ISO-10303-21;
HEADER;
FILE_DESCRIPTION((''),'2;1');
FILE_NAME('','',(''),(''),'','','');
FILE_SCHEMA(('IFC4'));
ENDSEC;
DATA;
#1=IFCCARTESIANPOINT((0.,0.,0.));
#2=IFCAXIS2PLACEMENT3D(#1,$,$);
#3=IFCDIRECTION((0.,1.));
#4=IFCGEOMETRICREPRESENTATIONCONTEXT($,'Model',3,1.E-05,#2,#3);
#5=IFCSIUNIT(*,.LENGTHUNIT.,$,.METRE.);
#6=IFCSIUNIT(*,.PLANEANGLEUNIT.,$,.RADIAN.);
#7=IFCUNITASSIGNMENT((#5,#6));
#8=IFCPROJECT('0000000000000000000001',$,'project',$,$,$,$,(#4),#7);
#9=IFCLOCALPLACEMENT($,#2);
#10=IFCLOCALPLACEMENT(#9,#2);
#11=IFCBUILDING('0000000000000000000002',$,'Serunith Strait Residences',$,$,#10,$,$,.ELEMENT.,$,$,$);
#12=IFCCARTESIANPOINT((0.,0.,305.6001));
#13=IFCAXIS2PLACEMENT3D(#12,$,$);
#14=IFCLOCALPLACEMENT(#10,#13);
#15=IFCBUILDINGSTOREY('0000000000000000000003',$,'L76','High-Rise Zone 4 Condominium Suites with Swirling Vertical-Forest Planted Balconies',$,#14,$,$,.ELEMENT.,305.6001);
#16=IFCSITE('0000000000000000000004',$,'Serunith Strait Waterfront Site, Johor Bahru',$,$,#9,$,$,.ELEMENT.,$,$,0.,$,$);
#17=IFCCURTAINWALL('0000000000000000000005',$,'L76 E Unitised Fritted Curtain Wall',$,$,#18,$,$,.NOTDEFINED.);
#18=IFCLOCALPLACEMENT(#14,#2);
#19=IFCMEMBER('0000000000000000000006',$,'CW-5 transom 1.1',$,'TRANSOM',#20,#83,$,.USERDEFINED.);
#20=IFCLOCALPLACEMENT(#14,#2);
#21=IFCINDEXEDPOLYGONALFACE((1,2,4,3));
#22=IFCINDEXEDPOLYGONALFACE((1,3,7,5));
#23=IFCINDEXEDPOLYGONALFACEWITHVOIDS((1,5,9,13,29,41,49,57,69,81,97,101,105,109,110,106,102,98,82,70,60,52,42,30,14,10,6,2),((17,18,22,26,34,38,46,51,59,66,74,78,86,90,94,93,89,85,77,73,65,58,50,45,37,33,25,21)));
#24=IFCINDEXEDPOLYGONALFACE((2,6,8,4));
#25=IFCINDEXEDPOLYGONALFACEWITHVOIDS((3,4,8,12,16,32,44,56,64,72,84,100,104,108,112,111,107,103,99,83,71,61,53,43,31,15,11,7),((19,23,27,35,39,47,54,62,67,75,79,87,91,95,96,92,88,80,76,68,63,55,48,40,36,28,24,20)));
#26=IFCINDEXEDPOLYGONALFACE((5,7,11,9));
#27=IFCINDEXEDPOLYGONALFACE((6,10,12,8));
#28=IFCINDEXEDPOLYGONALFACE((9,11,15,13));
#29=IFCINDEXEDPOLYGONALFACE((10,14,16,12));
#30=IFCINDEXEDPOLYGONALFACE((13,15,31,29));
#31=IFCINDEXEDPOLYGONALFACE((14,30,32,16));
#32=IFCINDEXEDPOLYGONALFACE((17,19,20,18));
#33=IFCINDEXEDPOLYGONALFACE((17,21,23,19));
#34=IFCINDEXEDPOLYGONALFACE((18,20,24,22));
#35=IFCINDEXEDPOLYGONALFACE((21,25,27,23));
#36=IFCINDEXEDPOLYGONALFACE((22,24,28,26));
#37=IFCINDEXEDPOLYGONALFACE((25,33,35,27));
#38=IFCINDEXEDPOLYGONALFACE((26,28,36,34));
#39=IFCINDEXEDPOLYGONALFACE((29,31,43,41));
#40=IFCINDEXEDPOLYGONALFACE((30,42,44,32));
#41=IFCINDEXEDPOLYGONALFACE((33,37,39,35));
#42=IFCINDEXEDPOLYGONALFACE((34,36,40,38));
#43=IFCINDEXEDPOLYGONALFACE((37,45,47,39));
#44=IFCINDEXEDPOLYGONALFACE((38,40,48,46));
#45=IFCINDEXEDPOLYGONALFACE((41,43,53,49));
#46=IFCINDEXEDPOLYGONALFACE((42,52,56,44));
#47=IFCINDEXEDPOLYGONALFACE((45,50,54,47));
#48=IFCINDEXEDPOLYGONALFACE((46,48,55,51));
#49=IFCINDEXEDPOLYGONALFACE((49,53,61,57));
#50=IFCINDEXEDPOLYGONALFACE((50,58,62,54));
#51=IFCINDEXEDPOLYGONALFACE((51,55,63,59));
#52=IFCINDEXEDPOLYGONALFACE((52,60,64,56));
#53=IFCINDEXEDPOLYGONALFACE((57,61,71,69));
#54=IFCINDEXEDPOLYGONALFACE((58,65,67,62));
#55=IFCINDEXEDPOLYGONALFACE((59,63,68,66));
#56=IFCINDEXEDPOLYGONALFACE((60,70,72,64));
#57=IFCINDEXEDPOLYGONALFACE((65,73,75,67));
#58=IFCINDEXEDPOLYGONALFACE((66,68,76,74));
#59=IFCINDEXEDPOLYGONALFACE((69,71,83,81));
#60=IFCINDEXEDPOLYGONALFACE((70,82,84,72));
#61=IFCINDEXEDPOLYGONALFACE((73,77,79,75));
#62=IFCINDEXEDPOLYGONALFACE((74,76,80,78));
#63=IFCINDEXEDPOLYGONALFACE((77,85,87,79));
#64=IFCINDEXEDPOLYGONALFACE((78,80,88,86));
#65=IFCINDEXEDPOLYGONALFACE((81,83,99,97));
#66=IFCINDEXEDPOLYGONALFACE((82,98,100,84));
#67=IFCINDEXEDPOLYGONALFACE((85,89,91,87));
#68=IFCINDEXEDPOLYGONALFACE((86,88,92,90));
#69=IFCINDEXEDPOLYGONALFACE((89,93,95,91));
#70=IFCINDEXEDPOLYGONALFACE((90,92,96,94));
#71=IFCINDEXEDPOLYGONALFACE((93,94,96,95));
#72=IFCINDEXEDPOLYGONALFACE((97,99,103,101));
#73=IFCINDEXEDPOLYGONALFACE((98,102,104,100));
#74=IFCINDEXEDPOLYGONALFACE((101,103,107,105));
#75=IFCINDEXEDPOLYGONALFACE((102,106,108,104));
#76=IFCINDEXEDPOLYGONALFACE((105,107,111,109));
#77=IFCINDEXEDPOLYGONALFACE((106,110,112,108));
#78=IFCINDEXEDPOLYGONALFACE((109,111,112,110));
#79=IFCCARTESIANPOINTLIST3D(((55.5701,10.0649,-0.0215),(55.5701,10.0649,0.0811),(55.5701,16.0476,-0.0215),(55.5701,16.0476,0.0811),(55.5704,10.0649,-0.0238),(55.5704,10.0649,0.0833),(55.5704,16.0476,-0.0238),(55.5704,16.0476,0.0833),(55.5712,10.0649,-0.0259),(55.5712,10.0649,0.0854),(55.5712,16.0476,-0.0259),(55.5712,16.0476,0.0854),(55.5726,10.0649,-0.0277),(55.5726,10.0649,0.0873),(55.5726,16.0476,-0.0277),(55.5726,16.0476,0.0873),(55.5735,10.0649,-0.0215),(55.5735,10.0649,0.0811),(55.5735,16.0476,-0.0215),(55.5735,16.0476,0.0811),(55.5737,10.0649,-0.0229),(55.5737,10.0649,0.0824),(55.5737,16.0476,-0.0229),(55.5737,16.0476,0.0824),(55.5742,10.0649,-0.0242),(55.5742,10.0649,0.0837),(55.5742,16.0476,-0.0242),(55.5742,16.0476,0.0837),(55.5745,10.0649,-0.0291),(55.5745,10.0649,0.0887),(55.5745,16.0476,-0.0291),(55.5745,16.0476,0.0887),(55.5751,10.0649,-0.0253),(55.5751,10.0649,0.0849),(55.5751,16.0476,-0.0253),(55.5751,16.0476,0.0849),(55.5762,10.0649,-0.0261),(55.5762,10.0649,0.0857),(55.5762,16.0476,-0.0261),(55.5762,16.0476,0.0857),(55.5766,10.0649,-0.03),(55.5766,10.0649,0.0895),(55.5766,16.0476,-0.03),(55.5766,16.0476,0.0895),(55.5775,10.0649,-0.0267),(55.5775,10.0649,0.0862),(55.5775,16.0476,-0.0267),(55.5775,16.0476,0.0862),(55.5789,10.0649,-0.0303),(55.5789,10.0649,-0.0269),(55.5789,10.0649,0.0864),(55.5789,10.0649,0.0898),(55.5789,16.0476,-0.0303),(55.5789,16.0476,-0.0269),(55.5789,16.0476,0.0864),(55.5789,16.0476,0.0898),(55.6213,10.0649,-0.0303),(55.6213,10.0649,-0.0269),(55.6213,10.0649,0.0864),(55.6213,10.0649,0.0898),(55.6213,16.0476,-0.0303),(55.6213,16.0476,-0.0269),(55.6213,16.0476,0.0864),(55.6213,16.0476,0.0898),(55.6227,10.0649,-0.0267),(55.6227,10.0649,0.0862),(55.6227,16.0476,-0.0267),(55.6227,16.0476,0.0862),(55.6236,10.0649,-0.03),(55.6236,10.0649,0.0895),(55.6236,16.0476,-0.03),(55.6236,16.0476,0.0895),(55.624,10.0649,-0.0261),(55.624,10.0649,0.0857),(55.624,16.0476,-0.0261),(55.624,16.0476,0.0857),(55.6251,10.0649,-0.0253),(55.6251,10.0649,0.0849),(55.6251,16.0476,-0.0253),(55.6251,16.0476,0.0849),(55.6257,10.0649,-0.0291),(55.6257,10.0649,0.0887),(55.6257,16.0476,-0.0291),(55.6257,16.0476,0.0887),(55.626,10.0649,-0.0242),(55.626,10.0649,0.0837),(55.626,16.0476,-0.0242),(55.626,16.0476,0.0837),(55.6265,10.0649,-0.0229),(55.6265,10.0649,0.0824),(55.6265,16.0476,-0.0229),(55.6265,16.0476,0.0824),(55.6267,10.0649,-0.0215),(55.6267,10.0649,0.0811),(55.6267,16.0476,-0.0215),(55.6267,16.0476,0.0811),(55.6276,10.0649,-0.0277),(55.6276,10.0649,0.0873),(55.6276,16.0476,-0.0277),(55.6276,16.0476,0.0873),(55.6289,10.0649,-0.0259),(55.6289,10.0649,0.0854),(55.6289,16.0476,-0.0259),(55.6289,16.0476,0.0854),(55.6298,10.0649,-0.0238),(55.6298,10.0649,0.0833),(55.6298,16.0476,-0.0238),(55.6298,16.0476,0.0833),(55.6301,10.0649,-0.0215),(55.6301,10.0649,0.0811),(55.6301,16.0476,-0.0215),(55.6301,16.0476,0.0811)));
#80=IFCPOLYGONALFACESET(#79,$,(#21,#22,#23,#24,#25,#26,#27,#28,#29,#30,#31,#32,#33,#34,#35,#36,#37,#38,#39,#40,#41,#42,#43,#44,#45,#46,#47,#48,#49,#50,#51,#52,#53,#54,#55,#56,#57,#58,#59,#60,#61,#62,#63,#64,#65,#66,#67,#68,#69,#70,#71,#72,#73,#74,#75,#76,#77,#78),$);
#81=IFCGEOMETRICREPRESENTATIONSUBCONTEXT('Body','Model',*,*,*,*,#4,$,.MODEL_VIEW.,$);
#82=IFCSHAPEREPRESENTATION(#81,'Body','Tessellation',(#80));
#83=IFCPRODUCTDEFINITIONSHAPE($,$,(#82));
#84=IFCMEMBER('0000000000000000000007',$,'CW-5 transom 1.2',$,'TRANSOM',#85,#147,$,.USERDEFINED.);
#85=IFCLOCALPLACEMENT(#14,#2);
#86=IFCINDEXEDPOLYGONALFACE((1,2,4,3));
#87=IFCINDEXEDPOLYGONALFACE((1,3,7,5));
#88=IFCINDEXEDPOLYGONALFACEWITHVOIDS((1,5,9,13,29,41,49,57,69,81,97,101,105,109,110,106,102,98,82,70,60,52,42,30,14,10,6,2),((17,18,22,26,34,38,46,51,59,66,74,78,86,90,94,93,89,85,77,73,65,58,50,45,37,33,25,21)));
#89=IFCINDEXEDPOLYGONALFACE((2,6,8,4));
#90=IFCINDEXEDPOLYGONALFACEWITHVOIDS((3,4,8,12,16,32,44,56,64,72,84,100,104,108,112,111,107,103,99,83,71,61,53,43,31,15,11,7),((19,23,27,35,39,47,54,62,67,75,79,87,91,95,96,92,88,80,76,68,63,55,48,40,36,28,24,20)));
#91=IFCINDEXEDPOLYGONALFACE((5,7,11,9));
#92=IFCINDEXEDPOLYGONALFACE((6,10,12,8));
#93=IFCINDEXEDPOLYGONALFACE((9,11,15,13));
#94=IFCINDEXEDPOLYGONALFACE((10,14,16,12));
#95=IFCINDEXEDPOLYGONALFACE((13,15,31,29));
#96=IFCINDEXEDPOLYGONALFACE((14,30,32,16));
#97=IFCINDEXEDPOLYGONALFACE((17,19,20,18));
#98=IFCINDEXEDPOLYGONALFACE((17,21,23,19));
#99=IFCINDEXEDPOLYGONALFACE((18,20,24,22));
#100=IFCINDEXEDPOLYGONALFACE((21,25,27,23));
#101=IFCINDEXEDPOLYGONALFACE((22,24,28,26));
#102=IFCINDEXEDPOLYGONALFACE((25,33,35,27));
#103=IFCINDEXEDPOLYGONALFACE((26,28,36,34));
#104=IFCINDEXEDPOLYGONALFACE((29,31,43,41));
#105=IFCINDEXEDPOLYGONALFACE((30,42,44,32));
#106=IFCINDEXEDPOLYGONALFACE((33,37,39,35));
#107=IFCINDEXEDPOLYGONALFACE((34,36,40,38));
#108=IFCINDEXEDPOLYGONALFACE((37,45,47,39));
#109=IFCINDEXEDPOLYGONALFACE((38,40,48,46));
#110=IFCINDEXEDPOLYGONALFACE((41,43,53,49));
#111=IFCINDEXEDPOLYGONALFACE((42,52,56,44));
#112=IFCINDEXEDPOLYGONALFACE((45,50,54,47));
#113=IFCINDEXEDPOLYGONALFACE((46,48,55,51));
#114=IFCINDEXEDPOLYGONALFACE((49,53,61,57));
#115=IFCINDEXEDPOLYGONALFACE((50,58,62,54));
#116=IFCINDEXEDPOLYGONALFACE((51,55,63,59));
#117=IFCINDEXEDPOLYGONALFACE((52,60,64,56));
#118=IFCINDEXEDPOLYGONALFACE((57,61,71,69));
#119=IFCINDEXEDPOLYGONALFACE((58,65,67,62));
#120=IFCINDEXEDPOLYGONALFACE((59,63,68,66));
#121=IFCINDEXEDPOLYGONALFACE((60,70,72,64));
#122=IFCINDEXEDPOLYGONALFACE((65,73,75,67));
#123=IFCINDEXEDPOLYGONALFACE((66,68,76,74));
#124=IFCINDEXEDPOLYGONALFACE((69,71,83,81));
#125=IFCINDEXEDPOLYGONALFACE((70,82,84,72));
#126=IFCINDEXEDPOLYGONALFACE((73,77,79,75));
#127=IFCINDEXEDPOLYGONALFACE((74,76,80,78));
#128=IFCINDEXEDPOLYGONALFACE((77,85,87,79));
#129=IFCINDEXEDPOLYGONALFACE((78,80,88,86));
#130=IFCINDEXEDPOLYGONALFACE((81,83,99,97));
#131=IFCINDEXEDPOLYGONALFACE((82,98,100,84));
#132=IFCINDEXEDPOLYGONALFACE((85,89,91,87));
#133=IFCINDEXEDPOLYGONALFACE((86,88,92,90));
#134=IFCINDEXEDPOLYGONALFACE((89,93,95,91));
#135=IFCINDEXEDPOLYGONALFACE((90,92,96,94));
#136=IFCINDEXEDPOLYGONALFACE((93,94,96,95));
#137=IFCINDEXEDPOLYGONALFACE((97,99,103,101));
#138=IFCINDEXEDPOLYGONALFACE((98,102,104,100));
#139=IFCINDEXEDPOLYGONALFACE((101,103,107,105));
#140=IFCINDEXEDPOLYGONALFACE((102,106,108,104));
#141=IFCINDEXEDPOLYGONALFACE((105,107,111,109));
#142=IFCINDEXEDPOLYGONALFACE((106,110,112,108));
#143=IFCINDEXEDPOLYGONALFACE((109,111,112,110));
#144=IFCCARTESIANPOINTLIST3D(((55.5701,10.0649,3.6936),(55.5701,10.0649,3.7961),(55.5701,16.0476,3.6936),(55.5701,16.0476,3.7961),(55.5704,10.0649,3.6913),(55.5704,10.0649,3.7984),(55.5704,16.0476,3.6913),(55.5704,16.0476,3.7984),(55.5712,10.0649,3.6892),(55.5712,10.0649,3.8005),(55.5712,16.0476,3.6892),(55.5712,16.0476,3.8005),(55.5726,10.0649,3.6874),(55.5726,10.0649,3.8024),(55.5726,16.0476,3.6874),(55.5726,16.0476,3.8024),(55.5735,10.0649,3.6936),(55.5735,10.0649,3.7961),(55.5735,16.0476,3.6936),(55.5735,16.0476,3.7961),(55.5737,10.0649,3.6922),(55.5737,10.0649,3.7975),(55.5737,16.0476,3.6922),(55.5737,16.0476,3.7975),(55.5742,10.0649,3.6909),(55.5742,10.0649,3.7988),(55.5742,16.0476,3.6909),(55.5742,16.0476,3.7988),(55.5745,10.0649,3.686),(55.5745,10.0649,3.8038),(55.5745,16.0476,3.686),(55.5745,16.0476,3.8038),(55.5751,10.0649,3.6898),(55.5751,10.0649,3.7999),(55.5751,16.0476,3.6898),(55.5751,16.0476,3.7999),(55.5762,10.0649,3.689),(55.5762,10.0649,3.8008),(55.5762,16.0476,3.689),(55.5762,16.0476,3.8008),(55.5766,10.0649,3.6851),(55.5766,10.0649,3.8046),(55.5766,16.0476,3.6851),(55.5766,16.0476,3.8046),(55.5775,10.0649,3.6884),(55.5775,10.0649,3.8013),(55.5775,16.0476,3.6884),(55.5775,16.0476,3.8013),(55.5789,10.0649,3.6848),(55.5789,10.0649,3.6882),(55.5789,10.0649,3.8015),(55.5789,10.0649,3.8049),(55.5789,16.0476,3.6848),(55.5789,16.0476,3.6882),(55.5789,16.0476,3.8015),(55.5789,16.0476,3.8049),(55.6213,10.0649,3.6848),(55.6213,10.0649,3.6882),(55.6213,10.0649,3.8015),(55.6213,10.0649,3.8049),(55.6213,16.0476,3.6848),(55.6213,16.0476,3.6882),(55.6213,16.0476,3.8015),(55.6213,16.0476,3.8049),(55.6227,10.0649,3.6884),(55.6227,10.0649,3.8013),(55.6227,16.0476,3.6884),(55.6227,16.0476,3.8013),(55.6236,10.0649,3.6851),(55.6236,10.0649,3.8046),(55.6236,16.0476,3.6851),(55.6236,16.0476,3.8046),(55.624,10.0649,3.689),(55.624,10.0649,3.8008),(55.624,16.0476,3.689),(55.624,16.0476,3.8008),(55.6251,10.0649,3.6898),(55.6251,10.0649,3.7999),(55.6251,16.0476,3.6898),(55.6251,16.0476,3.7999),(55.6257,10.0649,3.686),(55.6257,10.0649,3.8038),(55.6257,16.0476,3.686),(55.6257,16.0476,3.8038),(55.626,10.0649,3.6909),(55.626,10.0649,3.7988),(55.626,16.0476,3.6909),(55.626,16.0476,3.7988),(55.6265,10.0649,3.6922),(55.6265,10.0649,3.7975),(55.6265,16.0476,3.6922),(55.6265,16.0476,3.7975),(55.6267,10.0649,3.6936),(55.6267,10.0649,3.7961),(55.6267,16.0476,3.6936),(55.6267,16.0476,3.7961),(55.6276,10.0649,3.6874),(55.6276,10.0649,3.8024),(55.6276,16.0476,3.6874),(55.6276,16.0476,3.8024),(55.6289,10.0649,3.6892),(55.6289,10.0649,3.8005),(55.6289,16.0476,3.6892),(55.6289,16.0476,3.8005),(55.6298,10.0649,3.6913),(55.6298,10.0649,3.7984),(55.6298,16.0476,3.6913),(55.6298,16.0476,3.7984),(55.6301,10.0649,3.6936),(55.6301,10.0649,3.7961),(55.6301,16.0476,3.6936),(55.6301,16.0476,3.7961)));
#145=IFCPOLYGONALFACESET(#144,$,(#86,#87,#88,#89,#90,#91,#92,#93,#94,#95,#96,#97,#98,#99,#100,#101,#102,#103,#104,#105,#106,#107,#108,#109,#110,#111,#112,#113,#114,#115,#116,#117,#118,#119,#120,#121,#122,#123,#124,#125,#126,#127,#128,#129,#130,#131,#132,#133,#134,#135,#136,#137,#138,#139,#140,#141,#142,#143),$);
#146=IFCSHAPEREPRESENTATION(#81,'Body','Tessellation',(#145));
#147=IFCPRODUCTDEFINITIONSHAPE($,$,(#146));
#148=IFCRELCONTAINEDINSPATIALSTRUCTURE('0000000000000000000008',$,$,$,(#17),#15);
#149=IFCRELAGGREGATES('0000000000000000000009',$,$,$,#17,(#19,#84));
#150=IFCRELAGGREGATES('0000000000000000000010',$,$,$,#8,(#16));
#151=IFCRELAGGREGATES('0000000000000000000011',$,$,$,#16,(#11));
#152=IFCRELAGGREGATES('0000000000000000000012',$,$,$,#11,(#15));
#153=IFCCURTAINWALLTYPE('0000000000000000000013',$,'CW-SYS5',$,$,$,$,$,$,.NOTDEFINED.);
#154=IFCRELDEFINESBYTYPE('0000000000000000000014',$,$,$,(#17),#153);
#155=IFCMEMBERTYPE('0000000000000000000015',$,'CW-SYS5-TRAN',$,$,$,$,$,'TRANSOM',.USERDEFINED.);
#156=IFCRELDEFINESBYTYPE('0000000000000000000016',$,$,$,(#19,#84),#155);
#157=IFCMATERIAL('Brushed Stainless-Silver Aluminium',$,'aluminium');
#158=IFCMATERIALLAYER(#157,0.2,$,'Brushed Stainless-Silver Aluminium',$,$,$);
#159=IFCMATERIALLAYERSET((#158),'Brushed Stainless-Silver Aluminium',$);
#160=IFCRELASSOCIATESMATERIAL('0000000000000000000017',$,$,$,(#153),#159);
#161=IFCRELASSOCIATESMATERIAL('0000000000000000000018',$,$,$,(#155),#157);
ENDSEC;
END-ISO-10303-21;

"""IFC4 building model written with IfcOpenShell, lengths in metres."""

from ifc_helpers import new_model, si_unit, direction, frame, origin, origin_2d, place, context, subcontext, project, spatial, hollow_rectangle, extrude, source, transform, mapped, material, layer, layer_set, material_profile, profile_set, type_object, element, aggregate, save


model = new_model("IFC4")

# Units and contexts
model_context = context("Model", 3, precision=1e-05, world=origin(), true_north=direction((0.0, 1.0)))
body_context = subcontext(model_context, "Body", "Model", "MODEL_VIEW")
ifc_project = project(units=[si_unit("LENGTHUNIT", "METRE"), si_unit("PLANEANGLEUNIT", "RADIAN")], contexts=[model_context])

# Site, building, storey
site_placement = place(None, origin())
site = spatial("IfcSite", under=ifc_project, at=site_placement, Name="Serunith Strait Waterfront Site, Johor Bahru", CompositionType="ELEMENT", RefElevation=0.0)
building_placement = place(site_placement, origin())
building = spatial("IfcBuilding", under=site, at=building_placement, Name="Serunith Strait Residences", CompositionType="ELEMENT")
storey_placement = place(building_placement, frame((0.0, 0.0, 305.6001)))
storey = spatial("IfcBuildingStorey", under=building, at=storey_placement, Name="L76", Description="High-Rise Zone 4 Condominium Suites with Swirling Vertical-Forest Planted Balconies", CompositionType="ELEMENT", Elevation=305.6001)

# Curtain wall, members
ifc_material_1 = material(Name="Brushed Stainless-Silver Aluminium", Category="aluminium")
ifc_layer_1 = layer(ifc_material_1, 0.2, Name="Brushed Stainless-Silver Aluminium")
ifc_layer_set_1 = layer_set([ifc_layer_1], Name="Brushed Stainless-Silver Aluminium")
curtain_wall_type = type_object("IfcCurtainWallType", Name="CW-SYS5", PredefinedType="NOTDEFINED", material=ifc_layer_set_1)
curtain_wall_1_placement = place(storey_placement, origin())
curtain_wall_1 = element("IfcCurtainWall", 1, at=curtain_wall_1_placement, inside=storey, type_object=curtain_wall_type, Name="L76 E Unitised Fritted Curtain Wall", PredefinedType="NOTDEFINED")
ifc_material_profile_1 = material_profile(ifc_material_1, hollow_rectangle(XDim=0.0601, YDim=0.1201, WallThickness=0.0034, InnerFilletRadius=0.0054, OuterFilletRadius=0.0088, at=origin_2d()), Name="ALU 120x60x3.5")
ifc_profile_set_1 = profile_set([ifc_material_profile_1], Name="Brushed Stainless-Silver Aluminium")
member_type_1 = type_object("IfcMemberType", Name="CW-SYS5-TRAN", ElementType="TRANSOM", PredefinedType="USERDEFINED", material=ifc_profile_set_1)
shared_shape_1 = source(origin(), body_context, "Body", "SweptSolid", [
    extrude(hollow_rectangle(XDim=0.0601, YDim=0.1201, WallThickness=0.0034, InnerFilletRadius=0.0054, OuterFilletRadius=0.0088, at=origin_2d()), origin(), (0.0, 0.0, 1.0), 5.9827),
])
member_1_placement = place(storey_placement, frame((55.6001, 10.0649, 0.0298), z_axis=(0.0, 1.0, 0.0), x_axis=(-1.0, 0.0, 0.0)))
member_1 = element("IfcMember", 2, at=member_1_placement, type_object=member_type_1, Name="CW-5 transom 1.1", ObjectType="TRANSOM", PredefinedType="USERDEFINED", context=body_context, shape_type="MappedRepresentation", body=[
    mapped(shared_shape_1, transform((0.0, 0.0, 0.0), scale=1.0)),
])
member_2_placement = place(storey_placement, frame((55.6001, 10.0649, 3.7449), z_axis=(0.0, 1.0, 0.0), x_axis=(-1.0, 0.0, 0.0)))
member_2 = element("IfcMember", 3, at=member_2_placement, type_object=member_type_1, Name="CW-5 transom 1.2", ObjectType="TRANSOM", PredefinedType="USERDEFINED", context=body_context, shape_type="MappedRepresentation", body=[
    mapped(shared_shape_1, transform((0.0, 0.0, 0.0), scale=1.0)),
])

aggregate(curtain_wall_1, [member_1, member_2])

save(model, "model.ifc")
